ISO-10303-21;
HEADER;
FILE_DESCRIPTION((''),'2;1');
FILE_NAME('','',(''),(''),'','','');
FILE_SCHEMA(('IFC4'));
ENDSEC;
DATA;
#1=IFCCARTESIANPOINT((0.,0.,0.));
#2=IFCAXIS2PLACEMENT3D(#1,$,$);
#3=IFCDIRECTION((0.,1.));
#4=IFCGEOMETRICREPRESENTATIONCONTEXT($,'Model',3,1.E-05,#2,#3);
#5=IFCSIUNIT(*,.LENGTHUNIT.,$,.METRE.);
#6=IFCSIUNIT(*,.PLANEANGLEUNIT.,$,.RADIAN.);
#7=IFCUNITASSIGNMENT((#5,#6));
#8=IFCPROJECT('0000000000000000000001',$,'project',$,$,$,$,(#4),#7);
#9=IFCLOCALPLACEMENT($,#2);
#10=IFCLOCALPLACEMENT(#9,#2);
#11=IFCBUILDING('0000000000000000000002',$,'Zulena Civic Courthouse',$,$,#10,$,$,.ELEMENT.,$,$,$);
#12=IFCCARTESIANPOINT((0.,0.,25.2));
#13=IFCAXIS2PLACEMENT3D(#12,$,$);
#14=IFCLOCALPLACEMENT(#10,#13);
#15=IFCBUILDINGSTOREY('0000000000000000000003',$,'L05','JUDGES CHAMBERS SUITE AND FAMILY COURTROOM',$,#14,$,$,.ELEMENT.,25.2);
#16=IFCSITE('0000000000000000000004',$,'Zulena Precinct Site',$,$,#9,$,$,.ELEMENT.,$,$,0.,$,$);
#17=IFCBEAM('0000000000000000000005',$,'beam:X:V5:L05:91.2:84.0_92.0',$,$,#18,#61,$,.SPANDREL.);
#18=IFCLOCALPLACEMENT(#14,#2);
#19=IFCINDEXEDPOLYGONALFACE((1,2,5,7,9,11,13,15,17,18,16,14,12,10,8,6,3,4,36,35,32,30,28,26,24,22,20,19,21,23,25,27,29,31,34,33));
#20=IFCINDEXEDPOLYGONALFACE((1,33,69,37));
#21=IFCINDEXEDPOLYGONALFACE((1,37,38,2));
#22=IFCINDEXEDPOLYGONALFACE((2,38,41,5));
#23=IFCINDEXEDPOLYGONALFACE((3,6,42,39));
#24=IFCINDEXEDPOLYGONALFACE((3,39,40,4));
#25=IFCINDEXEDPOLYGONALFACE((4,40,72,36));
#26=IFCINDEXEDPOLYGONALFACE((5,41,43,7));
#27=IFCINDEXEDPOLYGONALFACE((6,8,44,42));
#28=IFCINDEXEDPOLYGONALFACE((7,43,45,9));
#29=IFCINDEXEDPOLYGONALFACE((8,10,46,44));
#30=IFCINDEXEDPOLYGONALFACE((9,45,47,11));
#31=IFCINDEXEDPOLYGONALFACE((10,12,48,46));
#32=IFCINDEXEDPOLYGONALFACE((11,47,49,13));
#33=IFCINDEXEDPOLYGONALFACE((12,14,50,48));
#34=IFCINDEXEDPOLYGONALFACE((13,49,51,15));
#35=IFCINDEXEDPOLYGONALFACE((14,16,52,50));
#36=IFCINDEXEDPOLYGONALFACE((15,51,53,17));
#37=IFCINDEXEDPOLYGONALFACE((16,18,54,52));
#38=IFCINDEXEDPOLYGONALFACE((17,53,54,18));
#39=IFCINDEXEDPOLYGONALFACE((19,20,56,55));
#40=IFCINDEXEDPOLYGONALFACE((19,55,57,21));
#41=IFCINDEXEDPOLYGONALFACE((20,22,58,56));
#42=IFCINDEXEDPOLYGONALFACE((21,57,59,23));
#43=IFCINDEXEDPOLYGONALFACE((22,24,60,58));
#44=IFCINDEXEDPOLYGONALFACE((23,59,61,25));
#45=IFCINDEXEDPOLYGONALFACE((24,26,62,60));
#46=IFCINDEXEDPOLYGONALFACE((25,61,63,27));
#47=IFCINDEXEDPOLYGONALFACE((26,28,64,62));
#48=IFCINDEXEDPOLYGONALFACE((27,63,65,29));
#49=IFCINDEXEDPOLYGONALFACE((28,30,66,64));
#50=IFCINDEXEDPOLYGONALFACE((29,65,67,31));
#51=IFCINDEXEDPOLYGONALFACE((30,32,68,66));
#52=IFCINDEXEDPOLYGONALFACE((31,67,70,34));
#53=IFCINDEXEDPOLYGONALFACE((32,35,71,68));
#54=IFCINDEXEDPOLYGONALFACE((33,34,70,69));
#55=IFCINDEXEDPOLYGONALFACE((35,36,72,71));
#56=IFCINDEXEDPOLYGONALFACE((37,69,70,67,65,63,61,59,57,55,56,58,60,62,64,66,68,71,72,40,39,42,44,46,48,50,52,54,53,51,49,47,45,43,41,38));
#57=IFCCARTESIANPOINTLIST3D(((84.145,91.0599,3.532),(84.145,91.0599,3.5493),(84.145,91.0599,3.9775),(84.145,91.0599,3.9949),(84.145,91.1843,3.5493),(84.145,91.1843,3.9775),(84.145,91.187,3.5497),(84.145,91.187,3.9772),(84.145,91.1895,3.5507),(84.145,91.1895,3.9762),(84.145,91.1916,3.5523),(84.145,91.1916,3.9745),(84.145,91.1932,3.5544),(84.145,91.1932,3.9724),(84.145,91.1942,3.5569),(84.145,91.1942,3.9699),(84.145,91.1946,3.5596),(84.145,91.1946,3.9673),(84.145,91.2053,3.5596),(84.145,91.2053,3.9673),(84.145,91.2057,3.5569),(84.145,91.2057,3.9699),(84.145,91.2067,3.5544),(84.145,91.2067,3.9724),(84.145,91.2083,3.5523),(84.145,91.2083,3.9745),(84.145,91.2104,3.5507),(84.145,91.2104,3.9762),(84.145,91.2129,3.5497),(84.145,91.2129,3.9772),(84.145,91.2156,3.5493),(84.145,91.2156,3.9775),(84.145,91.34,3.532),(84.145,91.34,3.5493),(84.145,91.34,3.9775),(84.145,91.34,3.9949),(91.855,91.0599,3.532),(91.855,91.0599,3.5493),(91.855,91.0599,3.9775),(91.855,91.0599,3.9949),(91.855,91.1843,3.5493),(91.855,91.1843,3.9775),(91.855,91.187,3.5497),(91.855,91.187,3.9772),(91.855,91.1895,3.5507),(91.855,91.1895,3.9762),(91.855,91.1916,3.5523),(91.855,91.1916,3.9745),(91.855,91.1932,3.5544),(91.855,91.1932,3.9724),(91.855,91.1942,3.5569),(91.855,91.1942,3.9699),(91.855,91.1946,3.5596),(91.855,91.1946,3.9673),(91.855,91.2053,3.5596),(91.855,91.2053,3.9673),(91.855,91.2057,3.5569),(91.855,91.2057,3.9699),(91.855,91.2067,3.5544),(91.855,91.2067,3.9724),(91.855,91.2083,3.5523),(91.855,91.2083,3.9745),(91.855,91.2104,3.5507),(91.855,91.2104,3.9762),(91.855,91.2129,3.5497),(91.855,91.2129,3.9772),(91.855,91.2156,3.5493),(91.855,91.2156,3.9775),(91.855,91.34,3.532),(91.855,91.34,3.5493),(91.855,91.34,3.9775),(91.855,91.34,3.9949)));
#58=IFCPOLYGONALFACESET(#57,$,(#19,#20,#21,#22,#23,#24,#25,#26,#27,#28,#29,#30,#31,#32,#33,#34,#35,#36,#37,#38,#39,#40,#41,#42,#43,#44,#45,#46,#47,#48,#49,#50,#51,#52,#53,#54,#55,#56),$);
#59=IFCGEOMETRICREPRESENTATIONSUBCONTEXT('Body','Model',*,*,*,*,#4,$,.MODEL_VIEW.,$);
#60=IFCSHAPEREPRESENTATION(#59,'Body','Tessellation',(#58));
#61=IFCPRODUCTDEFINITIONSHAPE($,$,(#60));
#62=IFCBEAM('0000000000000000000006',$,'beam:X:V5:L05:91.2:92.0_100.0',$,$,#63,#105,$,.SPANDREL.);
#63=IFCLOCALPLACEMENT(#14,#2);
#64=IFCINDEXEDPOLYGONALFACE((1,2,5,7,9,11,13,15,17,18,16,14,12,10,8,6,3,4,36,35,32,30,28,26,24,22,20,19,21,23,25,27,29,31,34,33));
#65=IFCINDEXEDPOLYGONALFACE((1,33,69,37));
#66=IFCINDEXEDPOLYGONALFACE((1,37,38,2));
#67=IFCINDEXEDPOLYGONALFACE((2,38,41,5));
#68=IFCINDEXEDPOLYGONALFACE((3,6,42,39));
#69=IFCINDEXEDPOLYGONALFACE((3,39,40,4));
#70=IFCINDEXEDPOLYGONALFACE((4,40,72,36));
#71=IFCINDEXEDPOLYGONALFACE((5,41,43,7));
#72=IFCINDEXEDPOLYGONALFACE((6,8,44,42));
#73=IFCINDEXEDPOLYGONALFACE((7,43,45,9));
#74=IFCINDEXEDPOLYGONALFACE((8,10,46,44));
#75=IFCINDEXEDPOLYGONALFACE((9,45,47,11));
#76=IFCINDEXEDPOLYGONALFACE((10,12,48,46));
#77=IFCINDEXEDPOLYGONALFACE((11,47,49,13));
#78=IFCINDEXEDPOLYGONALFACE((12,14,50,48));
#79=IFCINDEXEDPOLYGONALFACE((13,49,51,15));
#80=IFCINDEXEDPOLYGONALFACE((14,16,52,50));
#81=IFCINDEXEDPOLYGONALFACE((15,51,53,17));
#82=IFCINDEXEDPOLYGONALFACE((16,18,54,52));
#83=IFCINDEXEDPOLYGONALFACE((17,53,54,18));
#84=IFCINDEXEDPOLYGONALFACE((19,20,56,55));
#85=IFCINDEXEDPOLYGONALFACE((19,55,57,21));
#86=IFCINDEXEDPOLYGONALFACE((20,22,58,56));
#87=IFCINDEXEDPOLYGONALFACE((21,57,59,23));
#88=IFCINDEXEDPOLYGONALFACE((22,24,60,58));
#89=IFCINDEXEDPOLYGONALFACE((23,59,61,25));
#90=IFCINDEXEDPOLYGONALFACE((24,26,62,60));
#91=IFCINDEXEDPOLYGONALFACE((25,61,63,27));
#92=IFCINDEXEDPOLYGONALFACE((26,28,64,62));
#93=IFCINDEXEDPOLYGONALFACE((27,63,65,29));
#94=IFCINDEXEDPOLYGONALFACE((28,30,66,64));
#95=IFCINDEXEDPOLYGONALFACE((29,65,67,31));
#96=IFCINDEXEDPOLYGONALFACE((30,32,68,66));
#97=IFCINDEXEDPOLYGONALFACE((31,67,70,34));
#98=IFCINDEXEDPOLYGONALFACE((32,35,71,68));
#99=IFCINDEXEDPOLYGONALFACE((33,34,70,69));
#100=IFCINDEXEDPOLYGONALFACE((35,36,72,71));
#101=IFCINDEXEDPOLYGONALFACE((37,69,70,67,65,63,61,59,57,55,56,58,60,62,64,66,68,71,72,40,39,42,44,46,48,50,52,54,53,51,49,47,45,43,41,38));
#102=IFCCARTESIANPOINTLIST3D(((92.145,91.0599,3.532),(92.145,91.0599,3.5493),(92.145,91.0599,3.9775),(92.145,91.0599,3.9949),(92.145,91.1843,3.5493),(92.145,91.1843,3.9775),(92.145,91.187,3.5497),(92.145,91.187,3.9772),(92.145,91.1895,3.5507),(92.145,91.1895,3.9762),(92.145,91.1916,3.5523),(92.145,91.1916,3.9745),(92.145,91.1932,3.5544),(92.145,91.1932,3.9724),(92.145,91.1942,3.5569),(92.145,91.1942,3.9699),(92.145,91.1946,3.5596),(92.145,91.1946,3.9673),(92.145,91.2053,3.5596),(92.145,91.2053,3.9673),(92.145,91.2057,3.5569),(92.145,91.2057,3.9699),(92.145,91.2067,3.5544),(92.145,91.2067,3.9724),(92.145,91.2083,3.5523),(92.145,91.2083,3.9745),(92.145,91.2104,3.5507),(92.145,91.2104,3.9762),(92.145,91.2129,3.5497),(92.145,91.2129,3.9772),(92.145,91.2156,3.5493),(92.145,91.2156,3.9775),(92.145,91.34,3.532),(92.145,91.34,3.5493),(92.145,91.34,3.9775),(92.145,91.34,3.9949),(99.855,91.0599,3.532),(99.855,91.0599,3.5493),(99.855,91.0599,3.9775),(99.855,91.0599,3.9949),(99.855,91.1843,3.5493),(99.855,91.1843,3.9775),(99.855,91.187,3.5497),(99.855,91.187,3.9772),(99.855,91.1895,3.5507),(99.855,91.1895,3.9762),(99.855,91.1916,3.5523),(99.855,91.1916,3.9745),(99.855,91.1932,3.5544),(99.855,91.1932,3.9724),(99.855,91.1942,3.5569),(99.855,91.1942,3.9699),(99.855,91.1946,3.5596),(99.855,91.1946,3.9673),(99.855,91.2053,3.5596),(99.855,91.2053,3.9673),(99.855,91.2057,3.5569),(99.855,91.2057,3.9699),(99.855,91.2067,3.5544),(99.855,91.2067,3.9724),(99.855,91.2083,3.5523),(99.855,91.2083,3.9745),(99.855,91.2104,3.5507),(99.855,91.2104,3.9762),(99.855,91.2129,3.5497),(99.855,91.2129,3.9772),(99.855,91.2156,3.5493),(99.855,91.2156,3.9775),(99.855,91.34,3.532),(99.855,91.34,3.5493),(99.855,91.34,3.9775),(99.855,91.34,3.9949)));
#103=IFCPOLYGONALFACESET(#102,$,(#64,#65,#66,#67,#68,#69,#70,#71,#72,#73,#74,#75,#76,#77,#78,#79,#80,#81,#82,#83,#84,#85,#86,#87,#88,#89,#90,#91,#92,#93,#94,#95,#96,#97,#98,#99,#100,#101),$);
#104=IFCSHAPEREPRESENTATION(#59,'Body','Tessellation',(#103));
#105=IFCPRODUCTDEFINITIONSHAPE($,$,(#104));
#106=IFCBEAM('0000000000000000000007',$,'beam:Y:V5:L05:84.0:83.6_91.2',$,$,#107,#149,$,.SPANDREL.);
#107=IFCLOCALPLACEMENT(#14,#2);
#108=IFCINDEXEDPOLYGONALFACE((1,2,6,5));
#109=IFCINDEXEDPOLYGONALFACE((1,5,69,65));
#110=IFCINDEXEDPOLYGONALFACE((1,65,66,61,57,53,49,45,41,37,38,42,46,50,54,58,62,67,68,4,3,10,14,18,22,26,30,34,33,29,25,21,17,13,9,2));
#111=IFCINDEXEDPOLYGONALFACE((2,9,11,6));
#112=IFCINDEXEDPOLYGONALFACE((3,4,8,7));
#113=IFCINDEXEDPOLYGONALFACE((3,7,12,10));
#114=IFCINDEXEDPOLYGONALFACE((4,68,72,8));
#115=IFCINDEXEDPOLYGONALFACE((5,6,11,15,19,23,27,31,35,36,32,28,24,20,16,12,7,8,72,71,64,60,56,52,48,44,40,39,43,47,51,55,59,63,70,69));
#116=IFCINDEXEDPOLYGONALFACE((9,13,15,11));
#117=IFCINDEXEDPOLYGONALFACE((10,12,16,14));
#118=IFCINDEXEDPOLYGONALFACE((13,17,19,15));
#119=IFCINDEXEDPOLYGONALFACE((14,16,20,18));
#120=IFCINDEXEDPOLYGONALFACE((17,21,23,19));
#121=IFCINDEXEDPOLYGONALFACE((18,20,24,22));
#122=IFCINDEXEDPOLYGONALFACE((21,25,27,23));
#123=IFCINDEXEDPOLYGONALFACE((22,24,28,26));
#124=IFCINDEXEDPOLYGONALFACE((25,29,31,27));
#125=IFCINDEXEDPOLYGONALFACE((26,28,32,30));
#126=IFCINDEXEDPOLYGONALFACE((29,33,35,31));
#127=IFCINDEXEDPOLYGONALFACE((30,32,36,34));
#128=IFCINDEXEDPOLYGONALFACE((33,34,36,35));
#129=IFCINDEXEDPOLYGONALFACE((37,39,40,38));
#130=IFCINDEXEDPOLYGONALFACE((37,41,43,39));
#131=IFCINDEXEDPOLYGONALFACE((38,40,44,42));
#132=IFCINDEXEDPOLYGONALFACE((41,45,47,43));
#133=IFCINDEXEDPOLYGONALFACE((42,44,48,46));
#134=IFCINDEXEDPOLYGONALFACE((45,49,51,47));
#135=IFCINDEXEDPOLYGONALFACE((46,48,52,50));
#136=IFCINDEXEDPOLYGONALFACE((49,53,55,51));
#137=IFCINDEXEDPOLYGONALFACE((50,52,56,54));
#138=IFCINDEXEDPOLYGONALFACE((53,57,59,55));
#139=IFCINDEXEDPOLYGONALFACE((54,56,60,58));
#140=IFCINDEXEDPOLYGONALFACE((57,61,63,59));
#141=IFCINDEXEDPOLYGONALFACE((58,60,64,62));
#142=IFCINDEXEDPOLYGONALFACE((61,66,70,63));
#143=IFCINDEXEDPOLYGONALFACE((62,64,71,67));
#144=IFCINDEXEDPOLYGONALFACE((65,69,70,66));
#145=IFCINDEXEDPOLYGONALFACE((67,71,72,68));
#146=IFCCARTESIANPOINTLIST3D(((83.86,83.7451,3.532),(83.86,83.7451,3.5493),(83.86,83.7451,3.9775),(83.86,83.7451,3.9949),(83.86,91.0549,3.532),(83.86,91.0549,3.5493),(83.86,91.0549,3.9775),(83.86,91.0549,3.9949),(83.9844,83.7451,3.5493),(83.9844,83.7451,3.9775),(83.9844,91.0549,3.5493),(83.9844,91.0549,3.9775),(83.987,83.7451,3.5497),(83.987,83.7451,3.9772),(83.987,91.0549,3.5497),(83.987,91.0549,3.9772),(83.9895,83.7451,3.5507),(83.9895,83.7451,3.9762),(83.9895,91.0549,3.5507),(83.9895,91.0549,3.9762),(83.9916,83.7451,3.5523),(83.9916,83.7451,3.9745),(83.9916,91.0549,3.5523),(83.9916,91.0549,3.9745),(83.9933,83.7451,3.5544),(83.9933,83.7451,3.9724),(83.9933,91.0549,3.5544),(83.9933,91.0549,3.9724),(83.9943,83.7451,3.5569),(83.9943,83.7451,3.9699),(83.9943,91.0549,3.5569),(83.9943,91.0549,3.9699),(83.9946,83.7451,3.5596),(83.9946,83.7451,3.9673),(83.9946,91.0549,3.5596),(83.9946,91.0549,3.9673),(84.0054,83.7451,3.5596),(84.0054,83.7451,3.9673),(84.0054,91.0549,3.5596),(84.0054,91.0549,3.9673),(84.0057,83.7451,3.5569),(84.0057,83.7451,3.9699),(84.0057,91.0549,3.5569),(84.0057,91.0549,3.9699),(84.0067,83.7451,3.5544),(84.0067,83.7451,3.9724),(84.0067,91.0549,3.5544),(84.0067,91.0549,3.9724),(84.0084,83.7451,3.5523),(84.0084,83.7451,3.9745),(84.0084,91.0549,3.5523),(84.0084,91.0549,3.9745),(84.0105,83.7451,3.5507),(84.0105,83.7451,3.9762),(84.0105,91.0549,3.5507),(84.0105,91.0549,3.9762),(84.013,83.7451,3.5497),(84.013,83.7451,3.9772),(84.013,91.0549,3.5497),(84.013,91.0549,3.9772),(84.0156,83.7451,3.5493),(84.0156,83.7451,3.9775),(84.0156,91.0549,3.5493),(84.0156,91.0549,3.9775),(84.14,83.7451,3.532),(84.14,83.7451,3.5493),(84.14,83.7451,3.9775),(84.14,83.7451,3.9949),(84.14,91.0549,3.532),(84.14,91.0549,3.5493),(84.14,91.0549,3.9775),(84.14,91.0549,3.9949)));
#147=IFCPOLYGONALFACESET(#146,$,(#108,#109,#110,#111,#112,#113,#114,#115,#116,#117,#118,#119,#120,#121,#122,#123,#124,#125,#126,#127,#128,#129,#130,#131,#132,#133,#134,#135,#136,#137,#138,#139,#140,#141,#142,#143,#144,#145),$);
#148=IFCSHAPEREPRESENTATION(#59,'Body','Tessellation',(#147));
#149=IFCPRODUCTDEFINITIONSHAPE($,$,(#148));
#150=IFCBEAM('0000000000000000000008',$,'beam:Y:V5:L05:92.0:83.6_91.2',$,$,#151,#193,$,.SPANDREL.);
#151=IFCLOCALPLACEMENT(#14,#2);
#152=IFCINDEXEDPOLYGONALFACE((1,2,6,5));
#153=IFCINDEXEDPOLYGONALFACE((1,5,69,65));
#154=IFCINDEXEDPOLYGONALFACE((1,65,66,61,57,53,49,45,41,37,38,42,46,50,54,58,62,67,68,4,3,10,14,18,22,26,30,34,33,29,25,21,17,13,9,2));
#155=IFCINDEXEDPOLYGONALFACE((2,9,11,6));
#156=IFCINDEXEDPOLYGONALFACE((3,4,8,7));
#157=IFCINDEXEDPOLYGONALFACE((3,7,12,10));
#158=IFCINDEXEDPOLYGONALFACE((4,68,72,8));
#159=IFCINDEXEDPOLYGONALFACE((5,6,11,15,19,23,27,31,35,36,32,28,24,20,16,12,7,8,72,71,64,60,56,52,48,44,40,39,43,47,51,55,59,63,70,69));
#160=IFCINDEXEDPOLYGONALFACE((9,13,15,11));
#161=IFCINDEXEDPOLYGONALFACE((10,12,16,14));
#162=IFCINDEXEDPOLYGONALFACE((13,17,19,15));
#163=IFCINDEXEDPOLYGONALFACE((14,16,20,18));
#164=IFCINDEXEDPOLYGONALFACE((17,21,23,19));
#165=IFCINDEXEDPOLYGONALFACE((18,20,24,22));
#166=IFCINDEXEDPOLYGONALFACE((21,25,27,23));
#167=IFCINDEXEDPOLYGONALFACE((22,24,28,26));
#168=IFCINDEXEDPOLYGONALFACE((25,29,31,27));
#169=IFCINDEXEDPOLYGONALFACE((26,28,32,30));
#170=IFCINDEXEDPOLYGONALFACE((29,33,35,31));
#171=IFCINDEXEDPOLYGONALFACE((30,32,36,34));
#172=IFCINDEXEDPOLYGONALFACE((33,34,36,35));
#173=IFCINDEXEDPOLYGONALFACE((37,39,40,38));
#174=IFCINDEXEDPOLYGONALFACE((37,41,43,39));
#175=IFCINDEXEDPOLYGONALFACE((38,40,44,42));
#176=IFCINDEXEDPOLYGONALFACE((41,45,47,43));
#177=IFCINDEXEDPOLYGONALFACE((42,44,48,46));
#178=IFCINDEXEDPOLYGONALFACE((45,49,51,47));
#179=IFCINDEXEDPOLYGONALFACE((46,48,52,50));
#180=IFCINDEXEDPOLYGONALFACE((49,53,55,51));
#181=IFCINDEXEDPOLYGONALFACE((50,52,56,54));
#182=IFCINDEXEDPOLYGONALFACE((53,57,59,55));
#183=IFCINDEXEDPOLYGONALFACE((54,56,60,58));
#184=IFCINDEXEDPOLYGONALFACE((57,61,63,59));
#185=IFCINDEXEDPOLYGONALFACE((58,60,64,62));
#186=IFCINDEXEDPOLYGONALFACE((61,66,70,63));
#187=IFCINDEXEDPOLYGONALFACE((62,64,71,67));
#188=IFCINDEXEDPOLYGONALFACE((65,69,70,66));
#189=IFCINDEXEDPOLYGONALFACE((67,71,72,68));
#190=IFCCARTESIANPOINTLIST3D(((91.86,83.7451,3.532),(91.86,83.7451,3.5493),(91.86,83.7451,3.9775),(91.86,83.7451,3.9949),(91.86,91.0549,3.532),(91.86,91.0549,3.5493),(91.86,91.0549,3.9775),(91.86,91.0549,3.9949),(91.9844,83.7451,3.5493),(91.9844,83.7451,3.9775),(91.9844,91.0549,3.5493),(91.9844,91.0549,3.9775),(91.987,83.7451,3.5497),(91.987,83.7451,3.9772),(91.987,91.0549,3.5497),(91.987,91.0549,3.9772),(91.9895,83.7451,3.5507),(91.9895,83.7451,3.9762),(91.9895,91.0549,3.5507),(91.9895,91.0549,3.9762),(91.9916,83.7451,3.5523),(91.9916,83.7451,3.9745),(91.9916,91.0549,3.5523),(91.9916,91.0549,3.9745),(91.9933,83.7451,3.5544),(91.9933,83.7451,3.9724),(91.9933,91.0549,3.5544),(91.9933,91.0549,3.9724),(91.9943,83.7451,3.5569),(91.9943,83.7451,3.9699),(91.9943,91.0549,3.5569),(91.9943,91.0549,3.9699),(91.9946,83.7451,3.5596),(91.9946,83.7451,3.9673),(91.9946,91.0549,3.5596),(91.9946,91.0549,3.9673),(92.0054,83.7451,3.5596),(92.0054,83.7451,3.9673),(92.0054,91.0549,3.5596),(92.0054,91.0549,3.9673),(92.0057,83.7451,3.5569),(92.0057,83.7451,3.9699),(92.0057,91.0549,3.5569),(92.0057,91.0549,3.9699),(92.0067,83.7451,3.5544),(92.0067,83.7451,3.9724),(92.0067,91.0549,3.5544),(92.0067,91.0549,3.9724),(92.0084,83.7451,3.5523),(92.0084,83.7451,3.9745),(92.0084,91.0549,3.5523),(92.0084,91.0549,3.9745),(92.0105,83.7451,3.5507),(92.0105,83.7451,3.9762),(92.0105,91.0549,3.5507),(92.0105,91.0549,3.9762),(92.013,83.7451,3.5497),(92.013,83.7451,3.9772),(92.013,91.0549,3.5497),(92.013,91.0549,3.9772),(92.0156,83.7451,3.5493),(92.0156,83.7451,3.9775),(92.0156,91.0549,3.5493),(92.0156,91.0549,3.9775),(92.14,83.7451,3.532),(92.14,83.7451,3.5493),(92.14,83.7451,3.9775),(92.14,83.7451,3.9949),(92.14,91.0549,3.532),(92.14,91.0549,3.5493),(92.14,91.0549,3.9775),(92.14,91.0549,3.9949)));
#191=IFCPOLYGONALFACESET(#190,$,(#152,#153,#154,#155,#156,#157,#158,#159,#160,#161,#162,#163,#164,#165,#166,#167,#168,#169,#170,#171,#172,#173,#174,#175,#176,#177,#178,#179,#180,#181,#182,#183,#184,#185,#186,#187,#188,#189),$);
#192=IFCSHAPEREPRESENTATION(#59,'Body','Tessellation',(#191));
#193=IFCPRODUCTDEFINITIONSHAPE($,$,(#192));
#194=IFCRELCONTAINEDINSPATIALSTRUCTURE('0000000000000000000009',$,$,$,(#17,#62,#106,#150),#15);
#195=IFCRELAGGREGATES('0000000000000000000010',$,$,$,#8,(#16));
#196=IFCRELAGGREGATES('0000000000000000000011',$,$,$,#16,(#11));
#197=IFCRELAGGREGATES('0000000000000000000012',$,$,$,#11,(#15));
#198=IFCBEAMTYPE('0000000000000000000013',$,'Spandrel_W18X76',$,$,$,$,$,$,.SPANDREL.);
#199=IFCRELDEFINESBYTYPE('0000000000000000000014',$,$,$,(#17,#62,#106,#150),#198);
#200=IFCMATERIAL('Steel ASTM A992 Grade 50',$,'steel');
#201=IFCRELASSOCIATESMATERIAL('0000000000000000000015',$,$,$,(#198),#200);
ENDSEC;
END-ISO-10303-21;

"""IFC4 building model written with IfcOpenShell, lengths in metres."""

from ifc_helpers import new_model, si_unit, direction, frame, origin, origin_2d, place, context, subcontext, project, spatial, i_section, extrude, material, material_profile, profile_set, type_object, element, save


model = new_model("IFC4")

# Units and contexts
model_context = context("Model", 3, precision=1e-05, world=origin(), true_north=direction((0.0, 1.0)))
body_context = subcontext(model_context, "Body", "Model", "MODEL_VIEW")
ifc_project = project(units=[si_unit("LENGTHUNIT", "METRE"), si_unit("PLANEANGLEUNIT", "RADIAN")], contexts=[model_context])

# Site, building, storey
site_placement = place(None, origin())
site = spatial("IfcSite", under=ifc_project, at=site_placement, Name="Zulena Precinct Site", CompositionType="ELEMENT", RefElevation=0.0)
building_placement = place(site_placement, origin())
building = spatial("IfcBuilding", under=site, at=building_placement, Name="Zulena Civic Courthouse", CompositionType="ELEMENT")
storey_placement = place(building_placement, frame((0.0, 0.0, 25.2)))
storey = spatial("IfcBuildingStorey", under=building, at=storey_placement, Name="L05", Description="JUDGES CHAMBERS SUITE AND FAMILY COURTROOM", CompositionType="ELEMENT", Elevation=25.2)

# Shared definitions
ifc_material_1 = material(Name="Steel ASTM A992 Grade 50", Category="steel")

# Beams
ifc_material_profile_1 = material_profile(ifc_material_1, i_section(OverallWidth=0.28, OverallDepth=0.4629, WebThickness=0.0107, FlangeThickness=0.0173, FilletRadius=0.0103, at=origin_2d()), Name="W18X76")
ifc_profile_set_1 = profile_set([ifc_material_profile_1], Name="Steel ASTM A992 Grade 50")
beam_type_1 = type_object("IfcBeamType", Name="Spandrel_W18X76", PredefinedType="SPANDREL", material=ifc_profile_set_1)
for number, where, z_axis, x_axis, name in (
    (1, (84.145, 91.2, 3.7634), (1.0, 0.0, 0.0), (0.0, 1.0, 0.0), "beam:X:V5:L05:91.2:84.0_92.0"),
    (2, (92.145, 91.2, 3.7634), (1.0, 0.0, 0.0), (0.0, 1.0, 0.0), "beam:X:V5:L05:91.2:92.0_100.0"),
):
    element("IfcBeam", number, at=place(storey_placement, frame(where, z_axis=z_axis, x_axis=x_axis)), inside=storey, type_object=beam_type_1, Name=name, PredefinedType="SPANDREL", context=body_context, shape_type="SweptSolid", body=[
        extrude(i_section(OverallWidth=0.28, OverallDepth=0.4629, WebThickness=0.0107, FlangeThickness=0.0173, FilletRadius=0.0103, at=origin_2d()), origin(), (0.0, 0.0, 1.0), 7.71),
    ])
for number, where, z_axis, x_axis, name in (
    (3, (84.0, 83.7451, 3.7634), (0.0, 1.0, 0.0), (-1.0, 0.0, 0.0), "beam:Y:V5:L05:84.0:83.6_91.2"),
    (4, (92.0, 83.7451, 3.7634), (0.0, 1.0, 0.0), (-1.0, 0.0, 0.0), "beam:Y:V5:L05:92.0:83.6_91.2"),
):
    element("IfcBeam", number, at=place(storey_placement, frame(where, z_axis=z_axis, x_axis=x_axis)), inside=storey, type_object=beam_type_1, Name=name, PredefinedType="SPANDREL", context=body_context, shape_type="SweptSolid", body=[
        extrude(i_section(OverallWidth=0.28, OverallDepth=0.4629, WebThickness=0.0107, FlangeThickness=0.0173, FilletRadius=0.0103, at=origin_2d()), origin(), (0.0, 0.0, 1.0), 7.3098),
    ])

save(model, "model.ifc")
